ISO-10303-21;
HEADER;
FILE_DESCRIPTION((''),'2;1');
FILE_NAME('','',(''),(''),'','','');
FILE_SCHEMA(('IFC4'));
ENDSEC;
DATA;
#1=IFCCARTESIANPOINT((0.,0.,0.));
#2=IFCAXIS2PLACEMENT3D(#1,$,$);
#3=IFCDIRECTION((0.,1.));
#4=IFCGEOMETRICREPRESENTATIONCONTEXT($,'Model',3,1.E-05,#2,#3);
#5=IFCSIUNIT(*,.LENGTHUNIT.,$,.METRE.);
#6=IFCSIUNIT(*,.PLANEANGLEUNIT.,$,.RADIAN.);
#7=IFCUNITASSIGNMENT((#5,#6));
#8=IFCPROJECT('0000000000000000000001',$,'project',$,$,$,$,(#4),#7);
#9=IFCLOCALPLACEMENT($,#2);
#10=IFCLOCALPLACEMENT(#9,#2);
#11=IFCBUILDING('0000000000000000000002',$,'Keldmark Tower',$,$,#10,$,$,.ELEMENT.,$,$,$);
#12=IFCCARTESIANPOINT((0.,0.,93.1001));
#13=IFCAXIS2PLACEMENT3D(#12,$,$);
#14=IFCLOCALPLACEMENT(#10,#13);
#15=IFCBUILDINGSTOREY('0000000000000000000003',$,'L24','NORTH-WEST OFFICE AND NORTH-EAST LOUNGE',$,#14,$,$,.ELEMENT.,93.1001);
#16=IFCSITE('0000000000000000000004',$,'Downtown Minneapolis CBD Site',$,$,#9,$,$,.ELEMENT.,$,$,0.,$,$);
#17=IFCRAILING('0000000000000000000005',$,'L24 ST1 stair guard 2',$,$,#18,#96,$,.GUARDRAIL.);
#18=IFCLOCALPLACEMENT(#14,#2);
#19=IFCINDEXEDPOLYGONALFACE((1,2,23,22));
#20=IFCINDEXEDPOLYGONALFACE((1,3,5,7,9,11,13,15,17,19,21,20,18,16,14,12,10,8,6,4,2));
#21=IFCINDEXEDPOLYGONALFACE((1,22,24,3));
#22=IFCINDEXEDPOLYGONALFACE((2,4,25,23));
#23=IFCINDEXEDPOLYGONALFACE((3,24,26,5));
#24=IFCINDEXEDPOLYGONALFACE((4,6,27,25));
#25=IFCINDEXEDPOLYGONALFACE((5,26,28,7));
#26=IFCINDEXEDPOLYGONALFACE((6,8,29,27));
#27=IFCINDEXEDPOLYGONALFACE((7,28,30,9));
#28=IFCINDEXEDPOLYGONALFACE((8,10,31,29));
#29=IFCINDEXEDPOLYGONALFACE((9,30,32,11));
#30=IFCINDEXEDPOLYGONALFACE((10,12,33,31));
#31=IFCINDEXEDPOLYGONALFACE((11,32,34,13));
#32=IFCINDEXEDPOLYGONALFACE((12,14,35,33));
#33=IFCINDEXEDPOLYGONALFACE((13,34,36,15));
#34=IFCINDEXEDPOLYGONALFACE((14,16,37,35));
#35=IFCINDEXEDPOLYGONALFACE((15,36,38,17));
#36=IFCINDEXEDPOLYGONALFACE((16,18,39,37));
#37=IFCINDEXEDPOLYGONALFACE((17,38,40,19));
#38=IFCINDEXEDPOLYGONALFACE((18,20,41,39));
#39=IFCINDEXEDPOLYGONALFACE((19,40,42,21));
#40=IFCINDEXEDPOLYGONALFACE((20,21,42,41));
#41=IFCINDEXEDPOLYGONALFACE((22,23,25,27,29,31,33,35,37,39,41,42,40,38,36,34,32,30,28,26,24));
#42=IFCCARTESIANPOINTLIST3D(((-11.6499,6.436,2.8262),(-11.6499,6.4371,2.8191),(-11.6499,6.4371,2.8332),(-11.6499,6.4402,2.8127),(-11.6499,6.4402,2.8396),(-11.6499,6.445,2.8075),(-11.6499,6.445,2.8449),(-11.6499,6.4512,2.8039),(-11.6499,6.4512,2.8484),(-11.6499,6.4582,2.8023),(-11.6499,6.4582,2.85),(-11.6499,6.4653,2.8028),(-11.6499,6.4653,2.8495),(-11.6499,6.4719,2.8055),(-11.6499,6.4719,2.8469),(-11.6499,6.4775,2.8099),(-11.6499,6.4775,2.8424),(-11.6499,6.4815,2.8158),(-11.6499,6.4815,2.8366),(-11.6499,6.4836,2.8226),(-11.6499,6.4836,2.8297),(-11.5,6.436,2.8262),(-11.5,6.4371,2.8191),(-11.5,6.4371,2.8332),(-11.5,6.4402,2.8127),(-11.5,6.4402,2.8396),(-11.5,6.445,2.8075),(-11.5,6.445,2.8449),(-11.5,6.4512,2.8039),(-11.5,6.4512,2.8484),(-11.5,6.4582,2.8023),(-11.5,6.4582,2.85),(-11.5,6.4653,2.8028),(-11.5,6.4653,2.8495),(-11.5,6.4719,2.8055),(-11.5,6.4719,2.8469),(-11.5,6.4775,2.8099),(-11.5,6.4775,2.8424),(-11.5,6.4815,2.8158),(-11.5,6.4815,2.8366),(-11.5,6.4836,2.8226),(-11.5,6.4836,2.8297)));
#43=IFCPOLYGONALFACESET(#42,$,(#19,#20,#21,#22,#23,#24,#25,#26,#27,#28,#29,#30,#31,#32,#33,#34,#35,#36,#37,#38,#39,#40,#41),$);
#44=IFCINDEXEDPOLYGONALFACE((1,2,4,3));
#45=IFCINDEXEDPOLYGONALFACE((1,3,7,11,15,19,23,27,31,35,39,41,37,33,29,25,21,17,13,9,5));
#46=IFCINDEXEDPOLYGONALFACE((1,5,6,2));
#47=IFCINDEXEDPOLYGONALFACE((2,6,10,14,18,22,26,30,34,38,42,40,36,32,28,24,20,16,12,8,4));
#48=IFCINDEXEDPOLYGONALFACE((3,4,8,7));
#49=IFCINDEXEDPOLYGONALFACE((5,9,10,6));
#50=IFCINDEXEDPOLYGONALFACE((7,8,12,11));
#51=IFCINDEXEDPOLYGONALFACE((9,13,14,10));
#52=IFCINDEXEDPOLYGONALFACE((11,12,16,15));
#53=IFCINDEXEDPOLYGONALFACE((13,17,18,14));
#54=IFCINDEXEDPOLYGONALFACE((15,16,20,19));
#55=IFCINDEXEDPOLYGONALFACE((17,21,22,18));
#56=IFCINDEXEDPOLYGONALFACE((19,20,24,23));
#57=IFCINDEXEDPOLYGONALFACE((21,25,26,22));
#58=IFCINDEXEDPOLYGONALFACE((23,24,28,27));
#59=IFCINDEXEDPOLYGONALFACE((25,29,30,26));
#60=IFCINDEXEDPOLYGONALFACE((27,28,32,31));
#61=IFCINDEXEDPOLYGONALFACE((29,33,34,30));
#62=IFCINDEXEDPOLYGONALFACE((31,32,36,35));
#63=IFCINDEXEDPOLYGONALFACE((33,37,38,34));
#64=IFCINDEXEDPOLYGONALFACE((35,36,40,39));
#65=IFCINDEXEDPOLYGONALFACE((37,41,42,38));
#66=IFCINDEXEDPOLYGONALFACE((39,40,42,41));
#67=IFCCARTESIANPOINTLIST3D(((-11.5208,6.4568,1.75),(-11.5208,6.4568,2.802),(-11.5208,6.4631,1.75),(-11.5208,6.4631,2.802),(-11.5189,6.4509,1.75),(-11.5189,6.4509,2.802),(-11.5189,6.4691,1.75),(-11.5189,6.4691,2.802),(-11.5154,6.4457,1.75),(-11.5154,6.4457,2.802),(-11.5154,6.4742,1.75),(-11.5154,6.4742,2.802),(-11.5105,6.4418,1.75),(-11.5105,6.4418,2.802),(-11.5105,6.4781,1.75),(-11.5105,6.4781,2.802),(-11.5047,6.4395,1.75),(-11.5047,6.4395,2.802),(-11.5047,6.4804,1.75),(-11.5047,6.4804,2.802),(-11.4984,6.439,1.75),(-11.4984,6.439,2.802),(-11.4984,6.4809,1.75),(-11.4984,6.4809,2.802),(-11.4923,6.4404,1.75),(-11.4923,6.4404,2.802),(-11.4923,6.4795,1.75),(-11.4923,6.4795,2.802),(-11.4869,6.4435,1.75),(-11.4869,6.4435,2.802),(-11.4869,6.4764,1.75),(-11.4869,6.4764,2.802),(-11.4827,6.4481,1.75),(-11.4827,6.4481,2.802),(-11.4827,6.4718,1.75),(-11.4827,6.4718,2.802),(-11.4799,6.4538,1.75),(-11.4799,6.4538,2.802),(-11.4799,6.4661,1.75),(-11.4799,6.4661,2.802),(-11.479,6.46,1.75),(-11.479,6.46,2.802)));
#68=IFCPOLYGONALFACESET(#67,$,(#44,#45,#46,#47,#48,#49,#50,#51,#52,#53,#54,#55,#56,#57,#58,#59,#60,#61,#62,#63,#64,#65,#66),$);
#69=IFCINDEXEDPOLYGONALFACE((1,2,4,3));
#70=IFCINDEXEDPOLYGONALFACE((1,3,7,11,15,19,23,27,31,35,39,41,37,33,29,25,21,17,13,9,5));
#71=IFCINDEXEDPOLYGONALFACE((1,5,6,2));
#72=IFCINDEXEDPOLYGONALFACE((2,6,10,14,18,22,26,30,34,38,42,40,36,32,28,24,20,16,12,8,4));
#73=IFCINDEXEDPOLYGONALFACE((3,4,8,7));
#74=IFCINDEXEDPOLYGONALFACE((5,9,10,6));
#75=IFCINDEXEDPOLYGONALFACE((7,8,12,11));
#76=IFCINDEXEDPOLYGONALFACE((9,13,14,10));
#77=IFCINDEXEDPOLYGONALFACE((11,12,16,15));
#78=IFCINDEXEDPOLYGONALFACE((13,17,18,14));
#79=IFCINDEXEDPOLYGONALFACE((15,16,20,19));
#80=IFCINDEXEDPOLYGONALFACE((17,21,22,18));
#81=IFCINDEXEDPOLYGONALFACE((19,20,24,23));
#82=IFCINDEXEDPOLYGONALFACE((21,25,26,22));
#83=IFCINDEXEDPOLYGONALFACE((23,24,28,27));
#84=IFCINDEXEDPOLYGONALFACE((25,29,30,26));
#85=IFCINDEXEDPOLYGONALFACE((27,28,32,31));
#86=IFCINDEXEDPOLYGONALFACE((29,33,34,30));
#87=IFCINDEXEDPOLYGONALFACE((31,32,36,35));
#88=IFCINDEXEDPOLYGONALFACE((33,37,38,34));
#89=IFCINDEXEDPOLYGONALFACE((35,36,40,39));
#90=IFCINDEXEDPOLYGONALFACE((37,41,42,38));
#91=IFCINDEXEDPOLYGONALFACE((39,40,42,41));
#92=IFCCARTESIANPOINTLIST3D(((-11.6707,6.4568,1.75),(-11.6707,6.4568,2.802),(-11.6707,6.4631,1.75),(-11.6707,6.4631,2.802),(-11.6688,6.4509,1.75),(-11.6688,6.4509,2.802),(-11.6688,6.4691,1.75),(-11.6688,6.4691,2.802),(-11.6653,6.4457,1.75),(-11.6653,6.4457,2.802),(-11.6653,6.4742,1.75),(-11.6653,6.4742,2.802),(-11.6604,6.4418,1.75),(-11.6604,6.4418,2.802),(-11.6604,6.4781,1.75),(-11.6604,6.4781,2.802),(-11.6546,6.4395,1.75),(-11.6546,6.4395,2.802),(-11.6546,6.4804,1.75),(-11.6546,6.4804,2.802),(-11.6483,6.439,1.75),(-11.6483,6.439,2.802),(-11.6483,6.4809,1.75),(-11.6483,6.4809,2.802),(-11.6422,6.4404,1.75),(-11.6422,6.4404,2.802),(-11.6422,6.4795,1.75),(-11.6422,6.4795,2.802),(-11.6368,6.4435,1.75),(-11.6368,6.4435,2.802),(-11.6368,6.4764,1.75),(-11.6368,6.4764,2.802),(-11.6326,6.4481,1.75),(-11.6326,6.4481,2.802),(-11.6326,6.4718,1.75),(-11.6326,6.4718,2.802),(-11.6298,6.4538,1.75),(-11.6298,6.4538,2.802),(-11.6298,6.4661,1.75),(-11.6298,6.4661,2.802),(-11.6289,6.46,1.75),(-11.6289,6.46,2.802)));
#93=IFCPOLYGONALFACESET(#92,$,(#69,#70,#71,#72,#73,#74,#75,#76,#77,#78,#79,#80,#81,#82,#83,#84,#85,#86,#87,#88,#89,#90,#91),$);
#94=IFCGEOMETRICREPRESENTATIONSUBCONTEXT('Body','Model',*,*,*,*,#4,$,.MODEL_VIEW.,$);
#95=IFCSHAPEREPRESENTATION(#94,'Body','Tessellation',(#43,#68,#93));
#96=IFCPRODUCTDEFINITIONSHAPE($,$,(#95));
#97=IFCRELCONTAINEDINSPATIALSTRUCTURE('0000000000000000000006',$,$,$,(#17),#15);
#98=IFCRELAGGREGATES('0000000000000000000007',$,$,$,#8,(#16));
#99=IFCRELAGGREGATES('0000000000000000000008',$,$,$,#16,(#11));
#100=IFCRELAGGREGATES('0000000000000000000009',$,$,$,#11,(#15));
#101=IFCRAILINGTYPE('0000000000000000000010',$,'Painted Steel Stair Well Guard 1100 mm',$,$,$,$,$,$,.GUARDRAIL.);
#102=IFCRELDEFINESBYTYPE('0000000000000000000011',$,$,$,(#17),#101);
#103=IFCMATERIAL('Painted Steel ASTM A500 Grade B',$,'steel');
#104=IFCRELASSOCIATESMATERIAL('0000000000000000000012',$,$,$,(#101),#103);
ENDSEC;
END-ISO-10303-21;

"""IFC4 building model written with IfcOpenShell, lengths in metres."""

from ifc_helpers import new_model, si_unit, direction, frame, origin, origin_2d, place, context, subcontext, project, spatial, circle, extrude, material, type_object, element, save


model = new_model("IFC4")

# Units and contexts
model_context = context("Model", 3, precision=1e-05, world=origin(), true_north=direction((0.0, 1.0)))
body_context = subcontext(model_context, "Body", "Model", "MODEL_VIEW")
ifc_project = project(units=[si_unit("LENGTHUNIT", "METRE"), si_unit("PLANEANGLEUNIT", "RADIAN")], contexts=[model_context])

# Site, building, storey
site_placement = place(None, origin())
site = spatial("IfcSite", under=ifc_project, at=site_placement, Name="Downtown Minneapolis CBD Site", CompositionType="ELEMENT", RefElevation=0.0)
building_placement = place(site_placement, origin())
building = spatial("IfcBuilding", under=site, at=building_placement, Name="Keldmark Tower", CompositionType="ELEMENT")
storey_placement = place(building_placement, frame((0.0, 0.0, 93.1001)))
storey = spatial("IfcBuildingStorey", under=building, at=storey_placement, Name="L24", Description="NORTH-WEST OFFICE AND NORTH-EAST LOUNGE", CompositionType="ELEMENT", Elevation=93.1001)

# Railing
ifc_material_1 = material(Name="Painted Steel ASTM A500 Grade B", Category="steel")
railing_type_1 = type_object("IfcRailingType", Name="Painted Steel Stair Well Guard 1100 mm", PredefinedType="GUARDRAIL", material=ifc_material_1)
railing_1_placement = place(storey_placement, frame((-11.5, 6.46, 1.75)))
element("IfcRailing", 1, at=railing_1_placement, inside=storey, type_object=railing_type_1, Name="L24 ST1 stair guard 2", PredefinedType="GUARDRAIL", context=body_context, shape_type="SweptSolid", body=[
    extrude(circle(Radius=0.0239, at=origin_2d()), frame((0.0, 0.0, 1.0762), z_axis=(-1.0, 0.0, 0.0), x_axis=(0.0, -1.0, 0.0)), (0.0, 0.0, 1.0), 0.1499),
    extrude(circle(Radius=0.021, at=origin_2d()), origin(), (0.0, 0.0, 1.0), 1.052),
    extrude(circle(Radius=0.021, at=origin_2d()), frame((-0.1499, 0.0, 0.0)), (0.0, 0.0, 1.0), 1.052),
])

save(model, "model.ifc")
